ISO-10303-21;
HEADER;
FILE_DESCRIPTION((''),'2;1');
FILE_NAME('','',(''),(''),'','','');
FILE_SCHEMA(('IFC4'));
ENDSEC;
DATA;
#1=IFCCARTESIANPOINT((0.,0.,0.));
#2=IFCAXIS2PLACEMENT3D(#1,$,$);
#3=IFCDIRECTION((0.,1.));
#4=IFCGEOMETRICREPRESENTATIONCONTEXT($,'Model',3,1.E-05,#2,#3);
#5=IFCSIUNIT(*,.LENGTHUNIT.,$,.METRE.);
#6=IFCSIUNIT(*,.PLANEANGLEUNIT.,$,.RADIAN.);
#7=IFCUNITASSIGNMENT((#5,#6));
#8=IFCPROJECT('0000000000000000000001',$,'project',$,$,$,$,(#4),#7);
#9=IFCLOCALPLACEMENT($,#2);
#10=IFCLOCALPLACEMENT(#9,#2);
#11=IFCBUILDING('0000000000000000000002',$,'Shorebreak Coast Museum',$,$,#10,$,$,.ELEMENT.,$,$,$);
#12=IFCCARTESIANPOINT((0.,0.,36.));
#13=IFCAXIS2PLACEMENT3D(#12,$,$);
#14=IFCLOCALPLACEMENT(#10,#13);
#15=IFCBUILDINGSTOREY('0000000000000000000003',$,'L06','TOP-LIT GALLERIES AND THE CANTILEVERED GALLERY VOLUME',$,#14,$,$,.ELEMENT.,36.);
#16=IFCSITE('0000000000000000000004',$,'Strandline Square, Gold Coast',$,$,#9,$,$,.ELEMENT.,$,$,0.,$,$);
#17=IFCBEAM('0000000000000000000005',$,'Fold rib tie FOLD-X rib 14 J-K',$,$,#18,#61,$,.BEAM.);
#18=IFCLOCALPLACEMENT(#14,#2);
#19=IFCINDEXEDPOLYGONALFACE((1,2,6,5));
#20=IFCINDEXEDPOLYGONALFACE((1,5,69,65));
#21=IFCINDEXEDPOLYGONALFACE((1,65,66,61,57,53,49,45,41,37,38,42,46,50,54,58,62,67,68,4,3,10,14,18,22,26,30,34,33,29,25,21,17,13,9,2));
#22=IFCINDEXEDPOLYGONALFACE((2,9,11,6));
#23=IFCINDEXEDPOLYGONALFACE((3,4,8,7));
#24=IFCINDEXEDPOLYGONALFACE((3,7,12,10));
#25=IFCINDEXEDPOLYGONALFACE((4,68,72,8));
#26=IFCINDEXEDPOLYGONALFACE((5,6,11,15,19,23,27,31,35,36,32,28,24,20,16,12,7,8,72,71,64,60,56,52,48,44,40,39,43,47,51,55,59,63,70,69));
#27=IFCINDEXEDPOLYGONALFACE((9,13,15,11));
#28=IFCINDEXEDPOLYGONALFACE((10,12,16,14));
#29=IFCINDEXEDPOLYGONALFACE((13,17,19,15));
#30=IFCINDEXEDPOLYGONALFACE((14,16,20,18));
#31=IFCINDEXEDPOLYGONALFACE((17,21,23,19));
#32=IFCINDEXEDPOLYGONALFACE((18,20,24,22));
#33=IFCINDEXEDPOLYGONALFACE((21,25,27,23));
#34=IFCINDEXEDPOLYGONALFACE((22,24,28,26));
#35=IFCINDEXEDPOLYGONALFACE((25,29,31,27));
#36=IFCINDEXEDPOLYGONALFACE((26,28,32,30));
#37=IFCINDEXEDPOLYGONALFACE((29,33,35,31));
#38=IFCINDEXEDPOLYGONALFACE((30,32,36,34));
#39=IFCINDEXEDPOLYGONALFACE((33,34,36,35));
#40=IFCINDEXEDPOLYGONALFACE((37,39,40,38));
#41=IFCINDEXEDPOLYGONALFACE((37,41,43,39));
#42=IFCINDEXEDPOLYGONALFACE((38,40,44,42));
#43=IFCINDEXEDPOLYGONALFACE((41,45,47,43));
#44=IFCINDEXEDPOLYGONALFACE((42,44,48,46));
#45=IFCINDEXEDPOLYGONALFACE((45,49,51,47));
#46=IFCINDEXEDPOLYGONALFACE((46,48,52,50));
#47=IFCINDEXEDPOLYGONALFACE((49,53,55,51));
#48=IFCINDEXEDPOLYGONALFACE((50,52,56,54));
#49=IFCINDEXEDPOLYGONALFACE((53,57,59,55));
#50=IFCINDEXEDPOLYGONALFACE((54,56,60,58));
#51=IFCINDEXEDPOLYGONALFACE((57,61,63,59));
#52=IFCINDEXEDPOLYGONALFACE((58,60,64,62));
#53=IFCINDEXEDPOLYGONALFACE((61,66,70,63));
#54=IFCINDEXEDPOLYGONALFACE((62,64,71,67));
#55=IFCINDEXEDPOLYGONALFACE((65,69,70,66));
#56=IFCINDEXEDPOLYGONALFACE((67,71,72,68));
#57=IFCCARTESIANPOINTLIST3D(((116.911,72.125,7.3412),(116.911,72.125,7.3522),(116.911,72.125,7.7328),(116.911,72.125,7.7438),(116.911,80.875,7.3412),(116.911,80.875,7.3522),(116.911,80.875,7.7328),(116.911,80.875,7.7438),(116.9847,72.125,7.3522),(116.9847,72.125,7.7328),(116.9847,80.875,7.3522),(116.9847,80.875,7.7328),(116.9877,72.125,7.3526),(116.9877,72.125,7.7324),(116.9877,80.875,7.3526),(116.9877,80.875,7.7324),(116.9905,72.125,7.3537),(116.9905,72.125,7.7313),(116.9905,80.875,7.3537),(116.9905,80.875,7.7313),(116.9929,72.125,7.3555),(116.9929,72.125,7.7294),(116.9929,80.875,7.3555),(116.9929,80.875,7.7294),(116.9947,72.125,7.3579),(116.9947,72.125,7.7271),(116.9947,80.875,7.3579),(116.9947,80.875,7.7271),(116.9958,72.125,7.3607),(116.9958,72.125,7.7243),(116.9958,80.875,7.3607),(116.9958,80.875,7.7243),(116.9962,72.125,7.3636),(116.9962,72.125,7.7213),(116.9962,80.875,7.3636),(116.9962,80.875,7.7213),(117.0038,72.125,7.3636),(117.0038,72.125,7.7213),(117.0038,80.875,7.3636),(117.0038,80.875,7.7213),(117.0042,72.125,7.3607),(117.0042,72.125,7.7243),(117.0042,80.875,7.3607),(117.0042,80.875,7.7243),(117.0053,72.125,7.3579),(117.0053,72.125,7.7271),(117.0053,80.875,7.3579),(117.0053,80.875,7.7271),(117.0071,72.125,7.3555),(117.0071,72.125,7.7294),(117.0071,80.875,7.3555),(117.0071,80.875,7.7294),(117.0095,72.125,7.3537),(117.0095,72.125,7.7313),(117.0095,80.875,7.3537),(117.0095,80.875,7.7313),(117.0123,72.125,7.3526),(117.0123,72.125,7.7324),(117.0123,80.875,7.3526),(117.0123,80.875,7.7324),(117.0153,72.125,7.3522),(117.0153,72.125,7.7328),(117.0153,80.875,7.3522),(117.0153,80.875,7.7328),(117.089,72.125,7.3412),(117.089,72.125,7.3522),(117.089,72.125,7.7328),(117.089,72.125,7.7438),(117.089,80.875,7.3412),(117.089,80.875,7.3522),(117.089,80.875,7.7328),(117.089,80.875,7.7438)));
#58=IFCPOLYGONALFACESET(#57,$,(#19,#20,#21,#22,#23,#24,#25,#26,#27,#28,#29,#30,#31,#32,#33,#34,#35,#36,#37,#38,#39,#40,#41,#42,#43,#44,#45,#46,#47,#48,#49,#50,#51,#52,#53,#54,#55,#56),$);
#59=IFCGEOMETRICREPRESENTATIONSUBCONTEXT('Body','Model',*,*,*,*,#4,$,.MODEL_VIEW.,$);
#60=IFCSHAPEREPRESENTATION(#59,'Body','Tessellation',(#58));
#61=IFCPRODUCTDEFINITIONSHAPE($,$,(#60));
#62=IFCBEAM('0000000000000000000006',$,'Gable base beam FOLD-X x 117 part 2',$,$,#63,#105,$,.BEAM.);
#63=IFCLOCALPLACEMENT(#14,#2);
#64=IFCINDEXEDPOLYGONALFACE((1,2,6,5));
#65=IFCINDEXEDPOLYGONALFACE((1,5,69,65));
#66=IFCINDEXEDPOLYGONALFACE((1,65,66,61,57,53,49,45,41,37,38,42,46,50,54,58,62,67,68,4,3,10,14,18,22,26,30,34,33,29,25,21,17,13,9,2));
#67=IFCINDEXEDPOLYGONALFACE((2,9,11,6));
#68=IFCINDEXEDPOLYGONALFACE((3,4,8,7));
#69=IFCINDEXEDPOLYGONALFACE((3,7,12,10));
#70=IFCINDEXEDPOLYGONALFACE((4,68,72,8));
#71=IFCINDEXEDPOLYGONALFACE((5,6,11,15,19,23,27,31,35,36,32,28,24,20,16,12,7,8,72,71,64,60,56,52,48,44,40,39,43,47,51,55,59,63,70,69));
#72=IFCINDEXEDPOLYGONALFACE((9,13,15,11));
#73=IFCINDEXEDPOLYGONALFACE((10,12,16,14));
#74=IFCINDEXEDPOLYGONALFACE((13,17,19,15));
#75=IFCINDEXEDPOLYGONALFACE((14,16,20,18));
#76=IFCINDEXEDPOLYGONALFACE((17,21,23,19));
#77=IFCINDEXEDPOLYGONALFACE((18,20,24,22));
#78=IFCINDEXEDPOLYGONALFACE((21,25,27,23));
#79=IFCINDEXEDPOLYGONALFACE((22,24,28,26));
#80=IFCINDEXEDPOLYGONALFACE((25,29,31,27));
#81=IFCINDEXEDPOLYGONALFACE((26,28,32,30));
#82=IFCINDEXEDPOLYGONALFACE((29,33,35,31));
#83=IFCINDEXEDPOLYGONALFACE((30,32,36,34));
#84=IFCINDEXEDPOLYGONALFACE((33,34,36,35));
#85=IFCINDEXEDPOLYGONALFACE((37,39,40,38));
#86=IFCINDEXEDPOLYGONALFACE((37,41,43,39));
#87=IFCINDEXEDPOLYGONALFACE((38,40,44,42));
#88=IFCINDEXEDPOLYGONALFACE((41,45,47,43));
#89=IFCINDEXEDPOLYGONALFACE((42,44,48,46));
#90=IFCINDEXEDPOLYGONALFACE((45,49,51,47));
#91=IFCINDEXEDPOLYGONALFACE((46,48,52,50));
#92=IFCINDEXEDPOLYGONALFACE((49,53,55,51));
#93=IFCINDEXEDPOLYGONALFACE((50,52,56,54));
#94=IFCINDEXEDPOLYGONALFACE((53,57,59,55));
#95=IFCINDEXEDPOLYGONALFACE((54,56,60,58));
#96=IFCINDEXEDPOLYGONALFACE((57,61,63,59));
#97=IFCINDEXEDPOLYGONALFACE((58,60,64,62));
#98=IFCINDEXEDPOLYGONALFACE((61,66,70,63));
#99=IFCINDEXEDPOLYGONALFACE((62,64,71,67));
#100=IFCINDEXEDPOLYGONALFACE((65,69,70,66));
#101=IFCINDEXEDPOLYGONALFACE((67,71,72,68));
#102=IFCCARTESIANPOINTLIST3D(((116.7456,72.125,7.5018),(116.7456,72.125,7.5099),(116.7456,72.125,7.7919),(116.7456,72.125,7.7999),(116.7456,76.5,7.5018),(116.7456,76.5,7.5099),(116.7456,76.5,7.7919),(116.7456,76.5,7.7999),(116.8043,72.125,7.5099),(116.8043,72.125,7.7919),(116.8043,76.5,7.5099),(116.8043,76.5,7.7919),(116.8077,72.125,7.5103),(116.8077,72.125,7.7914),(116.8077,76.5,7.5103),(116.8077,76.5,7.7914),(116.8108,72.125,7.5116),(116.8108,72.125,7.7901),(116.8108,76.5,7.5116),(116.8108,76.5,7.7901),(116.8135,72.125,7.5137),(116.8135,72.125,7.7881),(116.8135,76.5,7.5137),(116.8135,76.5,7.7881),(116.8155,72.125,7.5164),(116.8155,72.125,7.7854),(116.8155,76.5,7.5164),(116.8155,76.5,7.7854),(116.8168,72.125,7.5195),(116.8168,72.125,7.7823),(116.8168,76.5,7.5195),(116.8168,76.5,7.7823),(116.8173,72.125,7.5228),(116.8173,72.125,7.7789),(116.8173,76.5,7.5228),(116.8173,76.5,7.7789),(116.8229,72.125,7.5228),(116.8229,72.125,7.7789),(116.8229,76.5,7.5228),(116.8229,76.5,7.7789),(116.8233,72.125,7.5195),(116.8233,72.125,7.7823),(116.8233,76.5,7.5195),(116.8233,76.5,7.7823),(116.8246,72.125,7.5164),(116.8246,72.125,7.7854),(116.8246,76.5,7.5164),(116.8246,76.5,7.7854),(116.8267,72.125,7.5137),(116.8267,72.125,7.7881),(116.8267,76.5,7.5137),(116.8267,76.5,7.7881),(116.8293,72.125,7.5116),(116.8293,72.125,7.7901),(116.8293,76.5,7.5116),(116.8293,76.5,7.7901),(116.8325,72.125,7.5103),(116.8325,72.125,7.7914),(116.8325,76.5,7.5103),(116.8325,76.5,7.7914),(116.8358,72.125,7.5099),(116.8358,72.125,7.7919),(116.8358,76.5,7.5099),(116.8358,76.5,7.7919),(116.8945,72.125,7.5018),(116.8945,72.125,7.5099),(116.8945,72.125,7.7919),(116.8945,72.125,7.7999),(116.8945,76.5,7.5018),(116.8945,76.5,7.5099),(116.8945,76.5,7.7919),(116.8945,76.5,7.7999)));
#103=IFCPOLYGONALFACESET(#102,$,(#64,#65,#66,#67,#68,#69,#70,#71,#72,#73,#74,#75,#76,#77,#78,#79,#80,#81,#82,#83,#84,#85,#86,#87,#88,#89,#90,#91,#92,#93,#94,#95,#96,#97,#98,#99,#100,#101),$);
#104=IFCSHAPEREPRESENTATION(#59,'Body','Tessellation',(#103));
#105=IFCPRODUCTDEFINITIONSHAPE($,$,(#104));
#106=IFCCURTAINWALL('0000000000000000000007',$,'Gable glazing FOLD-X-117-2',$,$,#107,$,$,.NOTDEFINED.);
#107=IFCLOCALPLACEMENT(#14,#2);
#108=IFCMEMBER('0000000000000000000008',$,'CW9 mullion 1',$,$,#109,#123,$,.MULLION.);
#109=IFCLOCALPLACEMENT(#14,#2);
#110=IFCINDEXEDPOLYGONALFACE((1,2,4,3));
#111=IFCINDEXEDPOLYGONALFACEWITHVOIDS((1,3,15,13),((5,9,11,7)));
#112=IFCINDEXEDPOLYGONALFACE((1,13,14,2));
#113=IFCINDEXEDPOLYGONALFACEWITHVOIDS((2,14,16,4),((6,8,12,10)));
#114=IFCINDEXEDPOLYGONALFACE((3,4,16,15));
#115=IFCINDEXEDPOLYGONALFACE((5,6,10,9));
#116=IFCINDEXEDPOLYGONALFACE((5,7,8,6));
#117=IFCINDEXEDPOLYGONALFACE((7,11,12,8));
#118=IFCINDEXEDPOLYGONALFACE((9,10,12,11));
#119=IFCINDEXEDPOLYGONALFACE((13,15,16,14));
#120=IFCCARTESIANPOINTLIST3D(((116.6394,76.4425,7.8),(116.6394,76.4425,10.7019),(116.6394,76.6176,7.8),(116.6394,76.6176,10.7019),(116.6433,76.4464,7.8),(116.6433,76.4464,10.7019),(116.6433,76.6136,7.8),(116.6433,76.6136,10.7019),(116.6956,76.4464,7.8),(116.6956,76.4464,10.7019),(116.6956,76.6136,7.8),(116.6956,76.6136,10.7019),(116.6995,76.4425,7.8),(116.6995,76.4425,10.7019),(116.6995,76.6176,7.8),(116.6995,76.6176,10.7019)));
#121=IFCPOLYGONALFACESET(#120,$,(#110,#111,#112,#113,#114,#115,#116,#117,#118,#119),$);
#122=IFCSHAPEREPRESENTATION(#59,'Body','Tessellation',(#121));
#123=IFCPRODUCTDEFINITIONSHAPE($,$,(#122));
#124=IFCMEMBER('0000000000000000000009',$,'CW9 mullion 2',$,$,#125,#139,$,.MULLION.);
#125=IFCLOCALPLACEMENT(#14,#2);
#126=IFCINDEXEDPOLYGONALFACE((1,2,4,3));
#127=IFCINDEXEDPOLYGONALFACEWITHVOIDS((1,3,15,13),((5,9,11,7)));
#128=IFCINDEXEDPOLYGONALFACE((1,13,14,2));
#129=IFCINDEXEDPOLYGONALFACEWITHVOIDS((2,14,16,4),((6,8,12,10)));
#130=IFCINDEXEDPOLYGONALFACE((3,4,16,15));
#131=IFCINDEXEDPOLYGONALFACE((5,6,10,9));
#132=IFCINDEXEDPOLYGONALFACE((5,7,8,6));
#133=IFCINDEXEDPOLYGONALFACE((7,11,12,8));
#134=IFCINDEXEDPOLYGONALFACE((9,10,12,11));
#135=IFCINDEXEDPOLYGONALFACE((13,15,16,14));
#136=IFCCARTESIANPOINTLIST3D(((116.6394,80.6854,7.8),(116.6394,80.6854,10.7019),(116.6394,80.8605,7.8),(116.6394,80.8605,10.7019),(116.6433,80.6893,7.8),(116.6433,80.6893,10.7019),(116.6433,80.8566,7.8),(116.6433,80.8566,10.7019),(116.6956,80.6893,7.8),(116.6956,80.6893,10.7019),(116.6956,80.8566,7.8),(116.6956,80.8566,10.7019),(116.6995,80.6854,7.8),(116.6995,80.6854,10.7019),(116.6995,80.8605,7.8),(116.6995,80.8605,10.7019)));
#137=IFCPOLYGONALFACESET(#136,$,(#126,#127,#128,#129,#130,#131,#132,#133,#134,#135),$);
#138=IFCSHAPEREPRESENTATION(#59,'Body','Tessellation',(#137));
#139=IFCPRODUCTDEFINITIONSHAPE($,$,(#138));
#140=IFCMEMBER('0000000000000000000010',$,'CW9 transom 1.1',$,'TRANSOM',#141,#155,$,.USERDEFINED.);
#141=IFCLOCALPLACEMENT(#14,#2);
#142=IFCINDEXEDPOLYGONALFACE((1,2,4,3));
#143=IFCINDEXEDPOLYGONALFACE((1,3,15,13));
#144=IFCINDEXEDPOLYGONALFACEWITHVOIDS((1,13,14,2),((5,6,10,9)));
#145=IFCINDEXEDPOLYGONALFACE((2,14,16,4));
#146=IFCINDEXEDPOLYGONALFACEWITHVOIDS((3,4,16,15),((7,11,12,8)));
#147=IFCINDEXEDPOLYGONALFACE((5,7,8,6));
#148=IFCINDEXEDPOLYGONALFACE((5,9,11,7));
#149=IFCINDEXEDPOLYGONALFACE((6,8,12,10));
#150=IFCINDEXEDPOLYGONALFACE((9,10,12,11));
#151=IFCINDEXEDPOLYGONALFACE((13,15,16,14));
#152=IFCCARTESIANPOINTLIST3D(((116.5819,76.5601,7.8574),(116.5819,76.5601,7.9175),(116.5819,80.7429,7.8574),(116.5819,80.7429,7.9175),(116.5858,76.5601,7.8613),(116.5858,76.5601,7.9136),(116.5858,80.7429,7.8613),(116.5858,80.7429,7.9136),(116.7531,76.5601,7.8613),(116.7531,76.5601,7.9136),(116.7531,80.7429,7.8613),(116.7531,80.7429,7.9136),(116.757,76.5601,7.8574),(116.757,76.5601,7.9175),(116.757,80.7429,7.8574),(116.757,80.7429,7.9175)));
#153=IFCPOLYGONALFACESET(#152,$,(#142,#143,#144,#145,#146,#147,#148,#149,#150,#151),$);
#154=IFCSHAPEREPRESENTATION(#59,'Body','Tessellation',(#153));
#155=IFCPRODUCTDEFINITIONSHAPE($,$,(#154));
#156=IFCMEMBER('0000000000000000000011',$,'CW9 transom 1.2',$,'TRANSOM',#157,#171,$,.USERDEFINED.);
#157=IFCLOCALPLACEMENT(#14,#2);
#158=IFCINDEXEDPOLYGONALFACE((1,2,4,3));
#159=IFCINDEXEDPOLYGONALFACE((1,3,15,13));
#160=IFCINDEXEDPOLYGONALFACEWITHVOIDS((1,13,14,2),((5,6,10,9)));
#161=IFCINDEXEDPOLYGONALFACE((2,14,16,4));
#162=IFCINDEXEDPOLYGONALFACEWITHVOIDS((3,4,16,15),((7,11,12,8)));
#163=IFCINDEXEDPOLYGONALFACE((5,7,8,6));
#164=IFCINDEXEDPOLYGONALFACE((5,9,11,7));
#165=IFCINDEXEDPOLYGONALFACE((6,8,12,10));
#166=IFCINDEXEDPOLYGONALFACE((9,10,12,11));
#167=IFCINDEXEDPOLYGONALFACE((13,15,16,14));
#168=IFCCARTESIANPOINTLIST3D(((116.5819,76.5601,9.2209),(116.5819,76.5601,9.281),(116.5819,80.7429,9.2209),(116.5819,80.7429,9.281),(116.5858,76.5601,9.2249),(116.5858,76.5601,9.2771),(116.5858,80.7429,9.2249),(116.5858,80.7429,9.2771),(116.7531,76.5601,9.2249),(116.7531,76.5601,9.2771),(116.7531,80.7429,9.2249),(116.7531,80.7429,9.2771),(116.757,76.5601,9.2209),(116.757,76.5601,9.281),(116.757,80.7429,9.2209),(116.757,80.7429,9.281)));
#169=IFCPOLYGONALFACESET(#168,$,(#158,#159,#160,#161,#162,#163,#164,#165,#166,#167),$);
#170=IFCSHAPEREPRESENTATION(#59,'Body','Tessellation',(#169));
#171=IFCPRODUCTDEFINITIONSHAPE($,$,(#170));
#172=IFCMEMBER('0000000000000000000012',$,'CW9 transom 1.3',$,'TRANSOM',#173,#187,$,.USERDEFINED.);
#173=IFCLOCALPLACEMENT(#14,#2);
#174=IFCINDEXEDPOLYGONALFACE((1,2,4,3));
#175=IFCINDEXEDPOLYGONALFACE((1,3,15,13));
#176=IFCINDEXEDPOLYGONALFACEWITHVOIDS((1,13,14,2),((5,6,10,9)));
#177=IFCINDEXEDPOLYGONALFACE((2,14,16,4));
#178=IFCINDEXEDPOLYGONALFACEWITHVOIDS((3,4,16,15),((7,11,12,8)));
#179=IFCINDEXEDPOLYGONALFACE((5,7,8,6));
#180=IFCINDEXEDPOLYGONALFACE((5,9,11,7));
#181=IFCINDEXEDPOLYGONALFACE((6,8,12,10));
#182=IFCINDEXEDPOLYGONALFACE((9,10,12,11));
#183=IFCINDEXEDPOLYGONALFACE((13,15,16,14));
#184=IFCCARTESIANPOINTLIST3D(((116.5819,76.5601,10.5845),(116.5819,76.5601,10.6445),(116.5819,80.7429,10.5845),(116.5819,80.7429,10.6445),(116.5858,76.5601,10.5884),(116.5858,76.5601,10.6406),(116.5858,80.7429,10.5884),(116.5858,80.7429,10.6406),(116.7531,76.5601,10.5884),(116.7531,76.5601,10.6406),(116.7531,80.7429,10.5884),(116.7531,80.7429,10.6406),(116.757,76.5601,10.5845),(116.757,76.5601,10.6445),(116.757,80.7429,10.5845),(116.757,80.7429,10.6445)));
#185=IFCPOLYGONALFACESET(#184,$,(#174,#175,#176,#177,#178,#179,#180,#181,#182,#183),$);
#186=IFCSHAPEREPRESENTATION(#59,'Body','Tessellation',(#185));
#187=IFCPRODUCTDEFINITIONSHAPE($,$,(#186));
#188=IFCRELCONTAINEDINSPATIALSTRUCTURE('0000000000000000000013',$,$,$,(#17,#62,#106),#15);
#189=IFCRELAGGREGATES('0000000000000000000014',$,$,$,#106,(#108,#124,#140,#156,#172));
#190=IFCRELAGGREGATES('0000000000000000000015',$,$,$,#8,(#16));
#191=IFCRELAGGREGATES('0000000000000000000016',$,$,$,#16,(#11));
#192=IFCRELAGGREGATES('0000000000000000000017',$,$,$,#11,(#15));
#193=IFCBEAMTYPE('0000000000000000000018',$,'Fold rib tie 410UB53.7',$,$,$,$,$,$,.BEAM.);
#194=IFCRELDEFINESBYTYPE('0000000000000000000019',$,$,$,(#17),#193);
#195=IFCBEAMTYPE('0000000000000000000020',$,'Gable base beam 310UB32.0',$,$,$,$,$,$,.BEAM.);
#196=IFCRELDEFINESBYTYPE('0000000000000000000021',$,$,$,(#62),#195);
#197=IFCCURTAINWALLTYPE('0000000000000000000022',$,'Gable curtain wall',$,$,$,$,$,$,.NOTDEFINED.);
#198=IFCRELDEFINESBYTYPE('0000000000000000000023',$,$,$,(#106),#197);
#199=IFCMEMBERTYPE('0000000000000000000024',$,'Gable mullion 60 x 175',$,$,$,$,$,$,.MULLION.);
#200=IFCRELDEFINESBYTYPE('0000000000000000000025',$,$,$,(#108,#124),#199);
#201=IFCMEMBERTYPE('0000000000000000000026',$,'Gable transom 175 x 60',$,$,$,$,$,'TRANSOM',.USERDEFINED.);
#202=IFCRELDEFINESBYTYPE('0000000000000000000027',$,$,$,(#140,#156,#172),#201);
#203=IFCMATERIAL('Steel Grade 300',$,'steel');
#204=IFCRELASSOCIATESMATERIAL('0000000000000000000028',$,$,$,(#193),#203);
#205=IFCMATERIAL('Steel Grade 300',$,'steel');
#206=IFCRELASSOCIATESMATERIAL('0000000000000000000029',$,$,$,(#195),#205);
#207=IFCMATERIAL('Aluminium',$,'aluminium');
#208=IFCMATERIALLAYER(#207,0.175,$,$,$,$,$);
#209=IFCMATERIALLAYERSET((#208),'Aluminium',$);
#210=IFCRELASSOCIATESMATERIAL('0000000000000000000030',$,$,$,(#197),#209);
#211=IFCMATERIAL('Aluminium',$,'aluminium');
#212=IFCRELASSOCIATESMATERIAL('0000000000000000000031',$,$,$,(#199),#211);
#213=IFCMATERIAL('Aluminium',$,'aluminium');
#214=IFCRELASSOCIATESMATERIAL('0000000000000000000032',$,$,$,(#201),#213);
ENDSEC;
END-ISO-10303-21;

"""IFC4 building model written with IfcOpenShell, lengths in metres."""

from ifc_helpers import new_model, si_unit, direction, frame, origin, origin_2d, place, context, subcontext, project, spatial, hollow_rectangle, i_section, extrude, material, layer, layer_set, material_profile, profile_set, type_object, element, aggregate, save


model = new_model("IFC4")

# Units and contexts
model_context = context("Model", 3, precision=1e-05, world=origin(), true_north=direction((0.0, 1.0)))
body_context = subcontext(model_context, "Body", "Model", "MODEL_VIEW")
ifc_project = project(units=[si_unit("LENGTHUNIT", "METRE"), si_unit("PLANEANGLEUNIT", "RADIAN")], contexts=[model_context])

# Site, building, storey
site_placement = place(None, origin())
site = spatial("IfcSite", under=ifc_project, at=site_placement, Name="Strandline Square, Gold Coast", CompositionType="ELEMENT", RefElevation=0.0)
building_placement = place(site_placement, origin())
building = spatial("IfcBuilding", under=site, at=building_placement, Name="Shorebreak Coast Museum", CompositionType="ELEMENT")
storey_placement = place(building_placement, frame((0.0, 0.0, 36.0)))
storey = spatial("IfcBuildingStorey", under=building, at=storey_placement, Name="L06", Description="TOP-LIT GALLERIES AND THE CANTILEVERED GALLERY VOLUME", CompositionType="ELEMENT", Elevation=36.0)

# Beams
ifc_material_1 = material(Name="Steel Grade 300", Category="steel")
ifc_material_profile_1 = material_profile(ifc_material_1, i_section(OverallWidth=0.178, OverallDepth=0.4026, WebThickness=0.0076, FlangeThickness=0.011, FilletRadius=0.0115, at=origin_2d()), Name="410UB53.7")
ifc_profile_set_1 = profile_set([ifc_material_profile_1], Name="Steel Grade 300")
beam_type_1 = type_object("IfcBeamType", Name="Fold rib tie 410UB53.7", PredefinedType="BEAM", material=ifc_profile_set_1)
beam_1_placement = place(storey_placement, frame((117.0, 72.125, 7.5425), z_axis=(0.0, 1.0, 0.0), x_axis=(-1.0, 0.0, 0.0)))
element("IfcBeam", 1, at=beam_1_placement, inside=storey, type_object=beam_type_1, Name="Fold rib tie FOLD-X rib 14 J-K", PredefinedType="BEAM", context=body_context, shape_type="SweptSolid", body=[
    extrude(i_section(OverallWidth=0.178, OverallDepth=0.4026, WebThickness=0.0076, FlangeThickness=0.011, FilletRadius=0.0115, at=origin_2d()), origin(), (0.0, 0.0, 1.0), 8.75),
])
ifc_material_2 = material(Name="Steel Grade 300", Category="steel")
ifc_material_profile_2 = material_profile(ifc_material_2, i_section(OverallWidth=0.1489, OverallDepth=0.2981, WebThickness=0.0056, FlangeThickness=0.0081, FilletRadius=0.0129, at=origin_2d()), Name="310UB32.0")
ifc_profile_set_2 = profile_set([ifc_material_profile_2], Name="Steel Grade 300")
beam_type_2 = type_object("IfcBeamType", Name="Gable base beam 310UB32.0", PredefinedType="BEAM", material=ifc_profile_set_2)
beam_2_placement = place(storey_placement, frame((116.8201, 72.125, 7.6509), z_axis=(0.0, 1.0, 0.0), x_axis=(-1.0, 0.0, 0.0)))
element("IfcBeam", 2, at=beam_2_placement, inside=storey, type_object=beam_type_2, Name="Gable base beam FOLD-X x 117 part 2", PredefinedType="BEAM", context=body_context, shape_type="SweptSolid", body=[
    extrude(i_section(OverallWidth=0.1489, OverallDepth=0.2981, WebThickness=0.0056, FlangeThickness=0.0081, FilletRadius=0.0129, at=origin_2d()), origin(), (0.0, 0.0, 1.0), 4.375),
])

# Curtain wall, members
ifc_material_3 = material(Name="Aluminium", Category="aluminium")
ifc_layer_1 = layer(ifc_material_3, 0.175)
ifc_layer_set_1 = layer_set([ifc_layer_1], Name="Aluminium")
curtain_wall_type_1 = type_object("IfcCurtainWallType", Name="Gable curtain wall", PredefinedType="NOTDEFINED", material=ifc_layer_set_1)
curtain_wall_1_placement = place(storey_placement, origin())
curtain_wall_1 = element("IfcCurtainWall", 3, at=curtain_wall_1_placement, inside=storey, type_object=curtain_wall_type_1, Name="Gable glazing FOLD-X-117-2", PredefinedType="NOTDEFINED")
ifc_material_4 = material(Name="Aluminium", Category="aluminium")
ifc_material_profile_3 = material_profile(ifc_material_4, hollow_rectangle(XDim=0.0601, YDim=0.175, WallThickness=0.0039, at=origin_2d()), Name="AL 175x60 RHS")
ifc_profile_set_3 = profile_set([ifc_material_profile_3], Name="Aluminium")
member_type_1 = type_object("IfcMemberType", Name="Gable mullion 60 x 175", PredefinedType="MULLION", material=ifc_profile_set_3)
member_1_placement = place(storey_placement, frame((116.6694, 76.53, 7.8), z_axis=(0.0, 0.0, 1.0), x_axis=(-1.0, 0.0, 0.0)))
member_1 = element("IfcMember", 4, at=member_1_placement, type_object=member_type_1, Name="CW9 mullion 1", PredefinedType="MULLION", context=body_context, shape_type="SweptSolid", body=[
    extrude(hollow_rectangle(XDim=0.0601, YDim=0.175, WallThickness=0.0039, at=origin_2d()), origin(), (0.0, 0.0, 1.0), 2.9019),
])
member_2_placement = place(storey_placement, frame((116.6694, 80.7729, 7.8), z_axis=(0.0, 0.0, 1.0), x_axis=(-1.0, 0.0, 0.0)))
member_2 = element("IfcMember", 5, at=member_2_placement, type_object=member_type_1, Name="CW9 mullion 2", PredefinedType="MULLION", context=body_context, shape_type="SweptSolid", body=[
    extrude(hollow_rectangle(XDim=0.0601, YDim=0.175, WallThickness=0.0039, at=origin_2d()), origin(), (0.0, 0.0, 1.0), 2.9019),
])
ifc_material_5 = material(Name="Aluminium", Category="aluminium")
ifc_material_profile_4 = material_profile(ifc_material_5, hollow_rectangle(XDim=0.175, YDim=0.0601, WallThickness=0.0039, at=origin_2d()), Name="AL 60x175 RHS")
ifc_profile_set_4 = profile_set([ifc_material_profile_4], Name="Aluminium")
member_type_2 = type_object("IfcMemberType", Name="Gable transom 175 x 60", ElementType="TRANSOM", PredefinedType="USERDEFINED", material=ifc_profile_set_4)
member_3_placement = place(storey_placement, frame((116.6694, 76.5601, 7.8875), z_axis=(0.0, 1.0, 0.0), x_axis=(-1.0, 0.0, 0.0)))
member_3 = element("IfcMember", 6, at=member_3_placement, type_object=member_type_2, Name="CW9 transom 1.1", ObjectType="TRANSOM", PredefinedType="USERDEFINED", context=body_context, shape_type="SweptSolid", body=[
    extrude(hollow_rectangle(XDim=0.175, YDim=0.0601, WallThickness=0.0039, at=origin_2d()), origin(), (0.0, 0.0, 1.0), 4.1829),
])
member_4_placement = place(storey_placement, frame((116.6694, 76.5601, 9.251), z_axis=(0.0, 1.0, 0.0), x_axis=(-1.0, 0.0, 0.0)))
member_4 = element("IfcMember", 7, at=member_4_placement, type_object=member_type_2, Name="CW9 transom 1.2", ObjectType="TRANSOM", PredefinedType="USERDEFINED", context=body_context, shape_type="SweptSolid", body=[
    extrude(hollow_rectangle(XDim=0.175, YDim=0.0601, WallThickness=0.0039, at=origin_2d()), origin(), (0.0, 0.0, 1.0), 4.1829),
])
member_5_placement = place(storey_placement, frame((116.6694, 76.5601, 10.6145), z_axis=(0.0, 1.0, 0.0), x_axis=(-1.0, 0.0, 0.0)))
member_5 = element("IfcMember", 8, at=member_5_placement, type_object=member_type_2, Name="CW9 transom 1.3", ObjectType="TRANSOM", PredefinedType="USERDEFINED", context=body_context, shape_type="SweptSolid", body=[
    extrude(hollow_rectangle(XDim=0.175, YDim=0.0601, WallThickness=0.0039, at=origin_2d()), origin(), (0.0, 0.0, 1.0), 4.1829),
])

aggregate(curtain_wall_1, [member_1, member_2, member_3, member_4, member_5])

save(model, "model.ifc")
